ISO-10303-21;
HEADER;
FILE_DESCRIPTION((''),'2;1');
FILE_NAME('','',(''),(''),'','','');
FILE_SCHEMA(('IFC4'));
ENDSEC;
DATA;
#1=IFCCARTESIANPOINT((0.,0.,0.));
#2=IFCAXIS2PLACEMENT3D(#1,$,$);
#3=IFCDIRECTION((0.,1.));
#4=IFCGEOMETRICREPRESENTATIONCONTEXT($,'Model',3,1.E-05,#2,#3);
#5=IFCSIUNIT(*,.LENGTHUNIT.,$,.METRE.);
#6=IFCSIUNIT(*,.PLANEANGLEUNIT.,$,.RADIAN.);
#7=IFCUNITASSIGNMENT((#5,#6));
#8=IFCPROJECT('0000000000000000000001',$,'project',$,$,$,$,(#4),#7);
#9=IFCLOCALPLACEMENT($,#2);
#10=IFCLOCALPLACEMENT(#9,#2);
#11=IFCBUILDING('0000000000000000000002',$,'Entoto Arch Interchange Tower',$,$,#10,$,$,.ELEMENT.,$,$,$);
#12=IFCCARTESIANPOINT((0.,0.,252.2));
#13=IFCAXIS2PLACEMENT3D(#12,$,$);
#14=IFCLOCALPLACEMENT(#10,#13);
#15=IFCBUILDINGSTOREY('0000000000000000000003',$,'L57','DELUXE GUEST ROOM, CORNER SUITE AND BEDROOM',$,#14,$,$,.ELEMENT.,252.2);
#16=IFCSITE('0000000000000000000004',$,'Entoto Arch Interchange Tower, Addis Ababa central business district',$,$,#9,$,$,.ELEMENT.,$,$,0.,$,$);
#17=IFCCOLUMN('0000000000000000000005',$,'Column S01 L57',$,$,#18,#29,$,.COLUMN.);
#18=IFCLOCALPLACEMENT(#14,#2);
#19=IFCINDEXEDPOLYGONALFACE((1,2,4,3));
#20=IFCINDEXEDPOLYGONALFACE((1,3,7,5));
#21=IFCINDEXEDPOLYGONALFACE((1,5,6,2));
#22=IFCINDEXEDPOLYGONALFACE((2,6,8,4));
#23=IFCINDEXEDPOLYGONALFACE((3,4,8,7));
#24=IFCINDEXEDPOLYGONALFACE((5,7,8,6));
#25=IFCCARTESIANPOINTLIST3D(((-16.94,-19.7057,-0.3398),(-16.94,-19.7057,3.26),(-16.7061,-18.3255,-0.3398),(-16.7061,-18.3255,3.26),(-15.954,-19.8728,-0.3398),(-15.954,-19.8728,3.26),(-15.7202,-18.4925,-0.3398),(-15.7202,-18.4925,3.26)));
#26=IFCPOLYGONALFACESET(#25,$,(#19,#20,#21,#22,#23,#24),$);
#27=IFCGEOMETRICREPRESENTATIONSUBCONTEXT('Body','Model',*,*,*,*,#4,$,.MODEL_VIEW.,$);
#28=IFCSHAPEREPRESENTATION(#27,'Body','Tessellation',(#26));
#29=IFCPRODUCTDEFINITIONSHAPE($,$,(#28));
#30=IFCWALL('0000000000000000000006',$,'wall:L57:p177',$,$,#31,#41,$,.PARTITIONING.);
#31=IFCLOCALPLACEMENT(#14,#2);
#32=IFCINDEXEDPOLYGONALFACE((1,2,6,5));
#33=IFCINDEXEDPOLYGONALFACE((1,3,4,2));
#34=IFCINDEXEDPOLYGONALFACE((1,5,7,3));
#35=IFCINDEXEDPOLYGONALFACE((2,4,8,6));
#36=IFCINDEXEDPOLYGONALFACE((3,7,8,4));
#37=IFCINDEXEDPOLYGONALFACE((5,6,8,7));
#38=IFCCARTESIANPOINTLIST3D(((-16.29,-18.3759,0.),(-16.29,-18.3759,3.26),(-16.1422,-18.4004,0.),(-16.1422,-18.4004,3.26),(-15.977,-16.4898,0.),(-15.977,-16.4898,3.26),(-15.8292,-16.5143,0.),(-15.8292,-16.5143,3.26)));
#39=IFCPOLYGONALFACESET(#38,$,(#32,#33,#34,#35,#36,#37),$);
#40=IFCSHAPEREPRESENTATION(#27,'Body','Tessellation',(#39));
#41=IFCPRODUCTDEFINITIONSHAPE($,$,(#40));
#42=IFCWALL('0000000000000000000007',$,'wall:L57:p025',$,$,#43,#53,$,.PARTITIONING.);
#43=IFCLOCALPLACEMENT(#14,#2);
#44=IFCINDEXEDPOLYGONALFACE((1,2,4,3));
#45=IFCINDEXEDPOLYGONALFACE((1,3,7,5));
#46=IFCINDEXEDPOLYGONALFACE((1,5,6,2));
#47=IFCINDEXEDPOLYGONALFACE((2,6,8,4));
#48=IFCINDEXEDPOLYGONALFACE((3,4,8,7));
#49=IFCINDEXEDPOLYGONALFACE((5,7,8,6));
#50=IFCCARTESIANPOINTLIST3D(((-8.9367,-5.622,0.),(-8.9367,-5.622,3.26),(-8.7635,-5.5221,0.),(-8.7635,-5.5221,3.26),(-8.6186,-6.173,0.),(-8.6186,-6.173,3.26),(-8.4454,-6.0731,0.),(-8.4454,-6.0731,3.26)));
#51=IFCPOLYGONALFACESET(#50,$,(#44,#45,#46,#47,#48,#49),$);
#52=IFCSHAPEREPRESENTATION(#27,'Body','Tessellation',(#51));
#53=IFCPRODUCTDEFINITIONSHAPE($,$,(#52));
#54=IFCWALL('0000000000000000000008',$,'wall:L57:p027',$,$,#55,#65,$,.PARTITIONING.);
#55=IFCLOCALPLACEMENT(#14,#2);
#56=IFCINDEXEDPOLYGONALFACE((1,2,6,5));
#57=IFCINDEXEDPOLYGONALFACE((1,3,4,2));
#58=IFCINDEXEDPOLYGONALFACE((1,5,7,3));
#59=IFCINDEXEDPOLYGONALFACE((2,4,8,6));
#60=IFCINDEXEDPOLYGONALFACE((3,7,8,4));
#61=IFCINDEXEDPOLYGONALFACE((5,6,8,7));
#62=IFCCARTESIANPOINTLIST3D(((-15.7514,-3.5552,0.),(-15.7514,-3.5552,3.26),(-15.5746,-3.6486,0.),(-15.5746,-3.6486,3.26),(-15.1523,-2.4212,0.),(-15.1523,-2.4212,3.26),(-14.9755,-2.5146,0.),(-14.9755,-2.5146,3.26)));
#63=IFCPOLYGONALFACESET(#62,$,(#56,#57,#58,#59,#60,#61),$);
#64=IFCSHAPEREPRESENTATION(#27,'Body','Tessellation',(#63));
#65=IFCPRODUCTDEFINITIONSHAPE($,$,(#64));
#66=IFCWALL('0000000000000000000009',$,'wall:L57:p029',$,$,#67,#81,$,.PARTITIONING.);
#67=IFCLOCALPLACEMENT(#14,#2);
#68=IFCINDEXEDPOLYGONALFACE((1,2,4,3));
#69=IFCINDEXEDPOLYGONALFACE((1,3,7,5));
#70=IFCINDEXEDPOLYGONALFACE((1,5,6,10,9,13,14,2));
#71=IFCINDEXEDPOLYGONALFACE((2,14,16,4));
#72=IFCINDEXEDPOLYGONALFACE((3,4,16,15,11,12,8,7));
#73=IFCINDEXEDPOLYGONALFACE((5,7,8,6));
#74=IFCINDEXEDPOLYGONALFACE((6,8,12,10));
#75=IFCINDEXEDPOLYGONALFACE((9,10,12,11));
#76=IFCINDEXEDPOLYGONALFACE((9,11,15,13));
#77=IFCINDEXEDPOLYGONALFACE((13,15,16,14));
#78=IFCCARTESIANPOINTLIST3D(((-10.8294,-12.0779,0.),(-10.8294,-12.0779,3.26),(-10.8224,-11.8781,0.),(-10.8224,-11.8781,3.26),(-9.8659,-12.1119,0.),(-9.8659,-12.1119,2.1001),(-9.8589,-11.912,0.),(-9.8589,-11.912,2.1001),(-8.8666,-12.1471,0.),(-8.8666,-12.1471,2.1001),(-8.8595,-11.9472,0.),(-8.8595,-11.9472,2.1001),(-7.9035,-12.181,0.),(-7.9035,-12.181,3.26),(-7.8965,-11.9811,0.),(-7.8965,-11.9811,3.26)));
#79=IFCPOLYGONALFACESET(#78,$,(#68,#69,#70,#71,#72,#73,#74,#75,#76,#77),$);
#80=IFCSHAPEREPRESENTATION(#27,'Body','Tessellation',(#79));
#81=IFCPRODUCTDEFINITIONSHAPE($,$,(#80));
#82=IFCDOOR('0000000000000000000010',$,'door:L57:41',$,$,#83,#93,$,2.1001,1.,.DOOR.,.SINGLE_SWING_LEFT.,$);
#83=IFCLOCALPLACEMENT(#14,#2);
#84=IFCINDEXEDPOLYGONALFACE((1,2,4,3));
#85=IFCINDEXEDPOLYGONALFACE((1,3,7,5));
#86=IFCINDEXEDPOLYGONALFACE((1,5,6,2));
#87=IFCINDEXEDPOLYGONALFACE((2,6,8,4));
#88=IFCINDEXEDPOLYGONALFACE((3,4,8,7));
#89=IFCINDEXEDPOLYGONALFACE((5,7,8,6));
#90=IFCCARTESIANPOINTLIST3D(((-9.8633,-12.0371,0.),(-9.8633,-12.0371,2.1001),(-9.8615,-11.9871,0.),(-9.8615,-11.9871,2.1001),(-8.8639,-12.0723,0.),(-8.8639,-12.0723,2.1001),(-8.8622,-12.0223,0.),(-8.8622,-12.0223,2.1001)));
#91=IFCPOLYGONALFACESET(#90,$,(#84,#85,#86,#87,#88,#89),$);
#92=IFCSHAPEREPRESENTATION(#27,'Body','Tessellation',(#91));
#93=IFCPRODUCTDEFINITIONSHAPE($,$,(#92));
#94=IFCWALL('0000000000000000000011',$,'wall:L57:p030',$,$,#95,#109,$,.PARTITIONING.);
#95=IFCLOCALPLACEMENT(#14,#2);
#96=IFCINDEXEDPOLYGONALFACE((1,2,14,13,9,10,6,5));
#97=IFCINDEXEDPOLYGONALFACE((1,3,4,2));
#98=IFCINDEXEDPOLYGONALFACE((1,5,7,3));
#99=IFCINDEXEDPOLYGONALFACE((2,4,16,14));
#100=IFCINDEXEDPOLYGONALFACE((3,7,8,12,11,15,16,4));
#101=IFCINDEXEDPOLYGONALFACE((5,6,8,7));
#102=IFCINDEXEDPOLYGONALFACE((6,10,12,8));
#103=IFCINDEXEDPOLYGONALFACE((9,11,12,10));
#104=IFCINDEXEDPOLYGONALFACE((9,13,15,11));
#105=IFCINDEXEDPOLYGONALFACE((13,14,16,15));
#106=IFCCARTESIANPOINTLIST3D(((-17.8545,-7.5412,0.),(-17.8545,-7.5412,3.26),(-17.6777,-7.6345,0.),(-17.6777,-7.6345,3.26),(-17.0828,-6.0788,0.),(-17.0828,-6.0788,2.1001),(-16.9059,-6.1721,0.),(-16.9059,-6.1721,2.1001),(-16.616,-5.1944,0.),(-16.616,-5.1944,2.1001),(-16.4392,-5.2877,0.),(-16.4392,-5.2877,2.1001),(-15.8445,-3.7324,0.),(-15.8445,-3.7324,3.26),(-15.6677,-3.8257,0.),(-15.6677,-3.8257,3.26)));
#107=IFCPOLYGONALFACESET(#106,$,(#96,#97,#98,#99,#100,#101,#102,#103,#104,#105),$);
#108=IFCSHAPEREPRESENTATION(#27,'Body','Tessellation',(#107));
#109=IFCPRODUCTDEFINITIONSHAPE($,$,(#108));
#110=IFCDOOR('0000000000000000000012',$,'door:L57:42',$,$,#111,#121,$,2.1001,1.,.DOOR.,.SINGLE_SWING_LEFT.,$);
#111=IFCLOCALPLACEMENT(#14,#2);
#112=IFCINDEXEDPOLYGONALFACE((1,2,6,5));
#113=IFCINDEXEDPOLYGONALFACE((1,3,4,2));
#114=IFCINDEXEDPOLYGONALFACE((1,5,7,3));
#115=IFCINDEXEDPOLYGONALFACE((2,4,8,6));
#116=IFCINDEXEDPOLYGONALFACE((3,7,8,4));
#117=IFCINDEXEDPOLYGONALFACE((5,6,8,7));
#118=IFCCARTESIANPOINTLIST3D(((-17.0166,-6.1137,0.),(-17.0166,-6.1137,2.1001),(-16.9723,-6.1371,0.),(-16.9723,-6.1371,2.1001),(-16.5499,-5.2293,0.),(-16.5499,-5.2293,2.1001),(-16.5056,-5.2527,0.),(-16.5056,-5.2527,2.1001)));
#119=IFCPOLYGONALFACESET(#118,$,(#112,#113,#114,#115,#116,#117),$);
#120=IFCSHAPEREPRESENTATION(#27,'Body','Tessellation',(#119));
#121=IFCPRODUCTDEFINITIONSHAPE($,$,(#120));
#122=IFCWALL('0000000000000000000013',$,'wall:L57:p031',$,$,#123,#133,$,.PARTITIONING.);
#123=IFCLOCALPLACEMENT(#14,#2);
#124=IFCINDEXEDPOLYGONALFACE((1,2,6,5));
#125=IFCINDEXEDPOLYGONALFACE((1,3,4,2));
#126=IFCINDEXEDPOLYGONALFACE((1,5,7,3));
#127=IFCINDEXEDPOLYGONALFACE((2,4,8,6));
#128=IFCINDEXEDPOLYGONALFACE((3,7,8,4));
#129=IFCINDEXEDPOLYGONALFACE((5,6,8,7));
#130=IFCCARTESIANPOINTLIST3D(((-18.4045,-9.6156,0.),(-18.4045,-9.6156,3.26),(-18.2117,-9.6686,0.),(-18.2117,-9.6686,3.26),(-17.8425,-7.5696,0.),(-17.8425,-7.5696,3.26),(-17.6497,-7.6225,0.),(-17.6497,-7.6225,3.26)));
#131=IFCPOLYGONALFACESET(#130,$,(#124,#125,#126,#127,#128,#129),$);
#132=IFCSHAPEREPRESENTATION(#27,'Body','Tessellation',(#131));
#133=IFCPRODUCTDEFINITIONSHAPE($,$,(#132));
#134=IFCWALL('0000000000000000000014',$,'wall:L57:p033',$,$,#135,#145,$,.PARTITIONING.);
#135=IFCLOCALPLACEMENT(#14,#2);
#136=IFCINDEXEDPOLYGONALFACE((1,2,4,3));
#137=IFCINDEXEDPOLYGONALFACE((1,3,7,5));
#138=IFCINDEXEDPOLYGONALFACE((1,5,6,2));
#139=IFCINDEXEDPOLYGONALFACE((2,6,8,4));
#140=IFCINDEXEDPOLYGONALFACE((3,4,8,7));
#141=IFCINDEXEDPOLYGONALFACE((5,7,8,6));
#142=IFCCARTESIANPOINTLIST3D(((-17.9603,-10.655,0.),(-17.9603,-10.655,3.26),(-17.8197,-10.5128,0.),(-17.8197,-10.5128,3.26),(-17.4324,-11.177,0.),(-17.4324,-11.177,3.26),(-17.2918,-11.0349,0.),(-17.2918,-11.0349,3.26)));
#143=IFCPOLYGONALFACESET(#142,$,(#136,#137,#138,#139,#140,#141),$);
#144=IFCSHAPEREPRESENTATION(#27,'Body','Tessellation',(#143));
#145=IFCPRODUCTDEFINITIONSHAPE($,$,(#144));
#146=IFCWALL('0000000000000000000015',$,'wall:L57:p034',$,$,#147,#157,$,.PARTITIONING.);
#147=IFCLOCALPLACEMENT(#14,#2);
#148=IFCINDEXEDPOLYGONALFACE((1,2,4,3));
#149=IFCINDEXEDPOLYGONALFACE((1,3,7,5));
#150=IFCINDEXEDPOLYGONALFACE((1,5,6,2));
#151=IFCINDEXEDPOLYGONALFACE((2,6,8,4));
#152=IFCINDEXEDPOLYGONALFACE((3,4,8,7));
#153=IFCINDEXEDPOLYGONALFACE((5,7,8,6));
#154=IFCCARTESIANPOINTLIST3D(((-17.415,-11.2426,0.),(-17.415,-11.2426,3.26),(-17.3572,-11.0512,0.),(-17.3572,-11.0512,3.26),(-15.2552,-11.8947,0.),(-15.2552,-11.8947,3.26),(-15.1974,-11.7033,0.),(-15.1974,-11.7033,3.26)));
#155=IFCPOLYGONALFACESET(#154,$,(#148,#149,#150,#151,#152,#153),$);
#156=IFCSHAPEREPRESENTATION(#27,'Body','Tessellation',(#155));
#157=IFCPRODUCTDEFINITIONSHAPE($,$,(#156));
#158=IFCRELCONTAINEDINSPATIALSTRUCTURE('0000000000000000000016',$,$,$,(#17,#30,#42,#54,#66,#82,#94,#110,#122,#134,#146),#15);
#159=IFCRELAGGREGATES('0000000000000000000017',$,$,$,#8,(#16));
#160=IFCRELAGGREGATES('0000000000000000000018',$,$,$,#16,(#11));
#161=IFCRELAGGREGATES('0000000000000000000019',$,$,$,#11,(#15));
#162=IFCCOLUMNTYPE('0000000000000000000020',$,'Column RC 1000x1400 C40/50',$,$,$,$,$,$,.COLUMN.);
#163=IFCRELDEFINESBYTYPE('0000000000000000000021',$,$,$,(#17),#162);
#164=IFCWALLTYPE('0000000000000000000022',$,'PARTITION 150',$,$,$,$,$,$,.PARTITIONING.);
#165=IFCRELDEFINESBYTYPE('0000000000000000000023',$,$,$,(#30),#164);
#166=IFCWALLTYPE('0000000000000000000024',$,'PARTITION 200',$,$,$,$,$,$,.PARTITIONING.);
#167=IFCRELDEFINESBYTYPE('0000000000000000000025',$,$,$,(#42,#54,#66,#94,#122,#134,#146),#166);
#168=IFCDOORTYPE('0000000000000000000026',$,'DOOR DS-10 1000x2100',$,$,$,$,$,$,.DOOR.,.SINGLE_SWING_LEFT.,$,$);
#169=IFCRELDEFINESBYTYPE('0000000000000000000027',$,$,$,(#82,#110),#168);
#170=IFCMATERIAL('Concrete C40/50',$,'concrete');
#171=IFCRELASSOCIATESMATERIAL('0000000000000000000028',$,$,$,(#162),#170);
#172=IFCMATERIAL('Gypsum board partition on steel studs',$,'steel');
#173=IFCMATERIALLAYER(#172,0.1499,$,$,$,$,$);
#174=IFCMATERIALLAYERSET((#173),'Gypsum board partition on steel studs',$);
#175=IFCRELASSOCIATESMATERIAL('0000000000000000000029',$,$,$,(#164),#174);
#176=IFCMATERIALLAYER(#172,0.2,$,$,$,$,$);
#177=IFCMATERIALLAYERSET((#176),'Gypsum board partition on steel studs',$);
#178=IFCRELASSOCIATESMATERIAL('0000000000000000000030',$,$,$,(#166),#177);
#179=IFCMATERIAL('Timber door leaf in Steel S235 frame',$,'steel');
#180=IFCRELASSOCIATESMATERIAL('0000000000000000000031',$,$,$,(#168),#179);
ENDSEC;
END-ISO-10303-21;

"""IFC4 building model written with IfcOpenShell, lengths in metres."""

from ifc_helpers import new_model, si_unit, direction, frame, frame_2d, origin, origin_2d, place, context, subcontext, project, spatial, rectangle, extrude, material, layer, layer_set, material_profile, profile_set, type_object, element, fill, save


model = new_model("IFC4")

# Units and contexts
model_context = context("Model", 3, precision=1e-05, world=origin(), true_north=direction((0.0, 1.0)))
body_context = subcontext(model_context, "Body", "Model", "MODEL_VIEW")
ifc_project = project(units=[si_unit("LENGTHUNIT", "METRE"), si_unit("PLANEANGLEUNIT", "RADIAN")], contexts=[model_context])

# Site, building, storey
site_placement = place(None, origin())
site = spatial("IfcSite", under=ifc_project, at=site_placement, Name="Entoto Arch Interchange Tower, Addis Ababa central business district", CompositionType="ELEMENT", RefElevation=0.0)
building_placement = place(site_placement, origin())
building = spatial("IfcBuilding", under=site, at=building_placement, Name="Entoto Arch Interchange Tower", CompositionType="ELEMENT")
storey_placement = place(building_placement, frame((0.0, 0.0, 252.2)))
storey = spatial("IfcBuildingStorey", under=building, at=storey_placement, Name="L57", Description="DELUXE GUEST ROOM, CORNER SUITE AND BEDROOM", CompositionType="ELEMENT", Elevation=252.2)

# Column
ifc_material_1 = material(Name="Concrete C40/50", Category="concrete")
ifc_material_profile = material_profile(ifc_material_1, rectangle(XDim=1.0, YDim=1.3999, at=origin_2d()))
ifc_profile_set = profile_set([ifc_material_profile], Name="Concrete C40/50")
column_type = type_object("IfcColumnType", Name="Column RC 1000x1400 C40/50", PredefinedType="COLUMN", material=ifc_profile_set)
column_placement = place(storey_placement, frame((-16.3301, -19.0991, -0.3398), z_axis=(0.0, 0.0, 1.0), x_axis=(-0.985952, 0.167027, 0.0)))
element("IfcColumn", 1, at=column_placement, inside=storey, type_object=column_type, Name="Column S01 L57", PredefinedType="COLUMN", context=body_context, shape_type="SweptSolid", body=[
    extrude(rectangle(XDim=1.0, YDim=1.3999, at=origin_2d()), origin(), (0.0, 0.0, 1.0), 3.5999),
])

# Walls
ifc_material_2 = material(Name="Gypsum board partition on steel studs", Category="steel")
ifc_layer_1 = layer(ifc_material_2, 0.1499)
ifc_layer_set_1 = layer_set([ifc_layer_1], Name="Gypsum board partition on steel studs")
wall_type_1 = type_object("IfcWallType", Name="PARTITION 150", PredefinedType="PARTITIONING", material=ifc_layer_set_1)
wall_1_placement = place(storey_placement, frame((-15.9031, -16.502, 0.0), z_axis=(0.0, 0.0, 1.0), x_axis=(-0.163716, -0.986508, 0.0)))
element("IfcWall", 2, at=wall_1_placement, inside=storey, type_object=wall_type_1, Name="wall:L57:p177", PredefinedType="PARTITIONING", context=body_context, shape_type="SweptSolid", body=[
    extrude(rectangle(XDim=1.9119, YDim=0.1499, at=frame_2d((0.9561, 0.0))), origin(), (0.0, 0.0, 1.0), 3.26),
])
ifc_layer_2 = layer(ifc_material_2, 0.2)
ifc_layer_set_2 = layer_set([ifc_layer_2], Name="Gypsum board partition on steel studs")
wall_type_2 = type_object("IfcWallType", Name="PARTITION 200", PredefinedType="PARTITIONING", material=ifc_layer_set_2)
wall_2_placement = place(storey_placement, frame((-8.532, -6.123, 0.0), z_axis=(0.0, 0.0, 1.0), x_axis=(-0.499977, 0.866039, 0.0)))
element("IfcWall", 3, at=wall_2_placement, inside=storey, type_object=wall_type_2, Name="wall:L57:p025", PredefinedType="PARTITIONING", context=body_context, shape_type="SweptSolid", body=[
    extrude(rectangle(XDim=0.6362, YDim=0.2, at=frame_2d((0.3181, 0.0))), origin(), (0.0, 0.0, 1.0), 3.26),
])
wall_3_placement = place(storey_placement, frame((-15.064, -2.468, 0.0), z_axis=(0.0, 0.0, 1.0), x_axis=(-0.467127, -0.88419, 0.0)))
element("IfcWall", 4, at=wall_3_placement, inside=storey, type_object=wall_type_2, Name="wall:L57:p027", PredefinedType="PARTITIONING", context=body_context, shape_type="SweptSolid", body=[
    extrude(rectangle(XDim=1.2825, YDim=0.2, at=frame_2d((0.6411, 0.0))), origin(), (0.0, 0.0, 1.0), 3.26),
])

# Walls, openings, doors
wall_4_placement = place(storey_placement, frame((-10.8259, -11.978, 0.0), z_axis=(0.0, 0.0, 1.0), x_axis=(0.999381, -0.035189, 0.0)))
wall_4 = element("IfcWall", 5, at=wall_4_placement, inside=storey, type_object=wall_type_2, Name="wall:L57:p029", PredefinedType="PARTITIONING", context=body_context, shape_type="SweptSolid", body=[
    extrude(rectangle(XDim=2.9277, YDim=0.2, at=frame_2d((1.4639, 0.0))), origin(), (0.0, 0.0, 1.0), 3.26),
])
opening_1_placement = place(wall_4_placement, frame((0.9641, 0.0, 0.0)))
opening_1 = element("IfcOpeningElement", 6, at=opening_1_placement, cuts=wall_4, PredefinedType="OPENING", context=body_context, shape_type="SweptSolid", body=[
    extrude(rectangle(XDim=1.0, YDim=2.1001, at=frame_2d((0.5, 1.05))), frame((0.0, 0.1099, 0.0), z_axis=(0.0, -1.0, 0.0), x_axis=(1.0, 0.0, 0.0)), (0.0, 0.0, 1.0), 0.22),
])
ifc_material_3 = material(Name="Timber door leaf in Steel S235 frame", Category="steel")
door_type_1 = type_object("IfcDoorType", Name="DOOR DS-10 1000x2100", OperationType="SINGLE_SWING_LEFT", PredefinedType="DOOR", material=ifc_material_3)
door_1_placement = place(opening_1_placement, origin())
door_1 = element("IfcDoor", 7, at=door_1_placement, inside=storey, type_object=door_type_1, Name="door:L57:41", OperationType="SINGLE_SWING_LEFT", OverallHeight=2.1001, OverallWidth=1.0, PredefinedType="DOOR", context=body_context, shape_type="SweptSolid", body=[
    extrude(rectangle(XDim=1.0, YDim=2.1001, at=frame_2d((0.5, 1.05))), frame((0.0, 0.0249, 0.0), z_axis=(0.0, -1.0, 0.0), x_axis=(1.0, 0.0, 0.0)), (0.0, 0.0, 1.0), 0.05),
])
fill(opening_1, door_1)
wall_5_placement = place(storey_placement, frame((-15.7561, -3.7791, 0.0), z_axis=(0.0, 0.0, 1.0), x_axis=(-0.46672, -0.884405, 0.0)))
wall_5 = element("IfcWall", 8, at=wall_5_placement, inside=storey, type_object=wall_type_2, Name="wall:L57:p030", PredefinedType="PARTITIONING", context=body_context, shape_type="SweptSolid", body=[
    extrude(rectangle(XDim=4.3066, YDim=0.2, at=frame_2d((2.1533, 0.0))), origin(), (0.0, 0.0, 1.0), 3.26),
])
opening_2_placement = place(wall_5_placement, frame((1.6531, 0.0, 0.0)))
opening_2 = element("IfcOpeningElement", 9, at=opening_2_placement, cuts=wall_5, PredefinedType="OPENING", context=body_context, shape_type="SweptSolid", body=[
    extrude(rectangle(XDim=1.0, YDim=2.1001, at=frame_2d((0.5, 1.05))), frame((0.0, 0.1099, 0.0), z_axis=(0.0, -1.0, 0.0), x_axis=(1.0, 0.0, 0.0)), (0.0, 0.0, 1.0), 0.22),
])
door_2_placement = place(opening_2_placement, origin())
door_2 = element("IfcDoor", 10, at=door_2_placement, inside=storey, type_object=door_type_1, Name="door:L57:42", OperationType="SINGLE_SWING_LEFT", OverallHeight=2.1001, OverallWidth=1.0, PredefinedType="DOOR", context=body_context, shape_type="SweptSolid", body=[
    extrude(rectangle(XDim=1.0, YDim=2.1001, at=frame_2d((0.5, 1.05))), frame((0.0, 0.0249, 0.0), z_axis=(0.0, -1.0, 0.0), x_axis=(1.0, 0.0, 0.0)), (0.0, 0.0, 1.0), 0.05),
])
fill(opening_2, door_2)

# Walls
wall_6_placement = place(storey_placement, frame((-17.7461, -7.5959, 0.0), z_axis=(0.0, 0.0, 1.0), x_axis=(-0.26486, -0.964287, 0.0)))
element("IfcWall", 11, at=wall_6_placement, inside=storey, type_object=wall_type_2, Name="wall:L57:p031", PredefinedType="PARTITIONING", context=body_context, shape_type="SweptSolid", body=[
    extrude(rectangle(XDim=2.1218, YDim=0.2, at=frame_2d((1.061, 0.0))), origin(), (0.0, 0.0, 1.0), 3.26),
])
wall_7_placement = place(storey_placement, frame((-17.8899, -10.584, 0.0), z_axis=(0.0, 0.0, 1.0), x_axis=(0.711042, -0.703149, 0.0)))
element("IfcWall", 12, at=wall_7_placement, inside=storey, type_object=wall_type_2, Name="wall:L57:p033", PredefinedType="PARTITIONING", context=body_context, shape_type="SweptSolid", body=[
    extrude(rectangle(XDim=0.7424, YDim=0.2, at=frame_2d((0.3711, 0.0))), origin(), (0.0, 0.0, 1.0), 3.26),
])
wall_8_placement = place(storey_placement, frame((-17.386, -11.147, 0.0), z_axis=(0.0, 0.0, 1.0), x_axis=(0.957321, -0.289025, 0.0)))
element("IfcWall", 13, at=wall_8_placement, inside=storey, type_object=wall_type_2, Name="wall:L57:p034", PredefinedType="PARTITIONING", context=body_context, shape_type="SweptSolid", body=[
    extrude(rectangle(XDim=2.2561, YDim=0.2, at=frame_2d((1.1279, 0.0))), origin(), (0.0, 0.0, 1.0), 3.26),
])

save(model, "model.ifc")
